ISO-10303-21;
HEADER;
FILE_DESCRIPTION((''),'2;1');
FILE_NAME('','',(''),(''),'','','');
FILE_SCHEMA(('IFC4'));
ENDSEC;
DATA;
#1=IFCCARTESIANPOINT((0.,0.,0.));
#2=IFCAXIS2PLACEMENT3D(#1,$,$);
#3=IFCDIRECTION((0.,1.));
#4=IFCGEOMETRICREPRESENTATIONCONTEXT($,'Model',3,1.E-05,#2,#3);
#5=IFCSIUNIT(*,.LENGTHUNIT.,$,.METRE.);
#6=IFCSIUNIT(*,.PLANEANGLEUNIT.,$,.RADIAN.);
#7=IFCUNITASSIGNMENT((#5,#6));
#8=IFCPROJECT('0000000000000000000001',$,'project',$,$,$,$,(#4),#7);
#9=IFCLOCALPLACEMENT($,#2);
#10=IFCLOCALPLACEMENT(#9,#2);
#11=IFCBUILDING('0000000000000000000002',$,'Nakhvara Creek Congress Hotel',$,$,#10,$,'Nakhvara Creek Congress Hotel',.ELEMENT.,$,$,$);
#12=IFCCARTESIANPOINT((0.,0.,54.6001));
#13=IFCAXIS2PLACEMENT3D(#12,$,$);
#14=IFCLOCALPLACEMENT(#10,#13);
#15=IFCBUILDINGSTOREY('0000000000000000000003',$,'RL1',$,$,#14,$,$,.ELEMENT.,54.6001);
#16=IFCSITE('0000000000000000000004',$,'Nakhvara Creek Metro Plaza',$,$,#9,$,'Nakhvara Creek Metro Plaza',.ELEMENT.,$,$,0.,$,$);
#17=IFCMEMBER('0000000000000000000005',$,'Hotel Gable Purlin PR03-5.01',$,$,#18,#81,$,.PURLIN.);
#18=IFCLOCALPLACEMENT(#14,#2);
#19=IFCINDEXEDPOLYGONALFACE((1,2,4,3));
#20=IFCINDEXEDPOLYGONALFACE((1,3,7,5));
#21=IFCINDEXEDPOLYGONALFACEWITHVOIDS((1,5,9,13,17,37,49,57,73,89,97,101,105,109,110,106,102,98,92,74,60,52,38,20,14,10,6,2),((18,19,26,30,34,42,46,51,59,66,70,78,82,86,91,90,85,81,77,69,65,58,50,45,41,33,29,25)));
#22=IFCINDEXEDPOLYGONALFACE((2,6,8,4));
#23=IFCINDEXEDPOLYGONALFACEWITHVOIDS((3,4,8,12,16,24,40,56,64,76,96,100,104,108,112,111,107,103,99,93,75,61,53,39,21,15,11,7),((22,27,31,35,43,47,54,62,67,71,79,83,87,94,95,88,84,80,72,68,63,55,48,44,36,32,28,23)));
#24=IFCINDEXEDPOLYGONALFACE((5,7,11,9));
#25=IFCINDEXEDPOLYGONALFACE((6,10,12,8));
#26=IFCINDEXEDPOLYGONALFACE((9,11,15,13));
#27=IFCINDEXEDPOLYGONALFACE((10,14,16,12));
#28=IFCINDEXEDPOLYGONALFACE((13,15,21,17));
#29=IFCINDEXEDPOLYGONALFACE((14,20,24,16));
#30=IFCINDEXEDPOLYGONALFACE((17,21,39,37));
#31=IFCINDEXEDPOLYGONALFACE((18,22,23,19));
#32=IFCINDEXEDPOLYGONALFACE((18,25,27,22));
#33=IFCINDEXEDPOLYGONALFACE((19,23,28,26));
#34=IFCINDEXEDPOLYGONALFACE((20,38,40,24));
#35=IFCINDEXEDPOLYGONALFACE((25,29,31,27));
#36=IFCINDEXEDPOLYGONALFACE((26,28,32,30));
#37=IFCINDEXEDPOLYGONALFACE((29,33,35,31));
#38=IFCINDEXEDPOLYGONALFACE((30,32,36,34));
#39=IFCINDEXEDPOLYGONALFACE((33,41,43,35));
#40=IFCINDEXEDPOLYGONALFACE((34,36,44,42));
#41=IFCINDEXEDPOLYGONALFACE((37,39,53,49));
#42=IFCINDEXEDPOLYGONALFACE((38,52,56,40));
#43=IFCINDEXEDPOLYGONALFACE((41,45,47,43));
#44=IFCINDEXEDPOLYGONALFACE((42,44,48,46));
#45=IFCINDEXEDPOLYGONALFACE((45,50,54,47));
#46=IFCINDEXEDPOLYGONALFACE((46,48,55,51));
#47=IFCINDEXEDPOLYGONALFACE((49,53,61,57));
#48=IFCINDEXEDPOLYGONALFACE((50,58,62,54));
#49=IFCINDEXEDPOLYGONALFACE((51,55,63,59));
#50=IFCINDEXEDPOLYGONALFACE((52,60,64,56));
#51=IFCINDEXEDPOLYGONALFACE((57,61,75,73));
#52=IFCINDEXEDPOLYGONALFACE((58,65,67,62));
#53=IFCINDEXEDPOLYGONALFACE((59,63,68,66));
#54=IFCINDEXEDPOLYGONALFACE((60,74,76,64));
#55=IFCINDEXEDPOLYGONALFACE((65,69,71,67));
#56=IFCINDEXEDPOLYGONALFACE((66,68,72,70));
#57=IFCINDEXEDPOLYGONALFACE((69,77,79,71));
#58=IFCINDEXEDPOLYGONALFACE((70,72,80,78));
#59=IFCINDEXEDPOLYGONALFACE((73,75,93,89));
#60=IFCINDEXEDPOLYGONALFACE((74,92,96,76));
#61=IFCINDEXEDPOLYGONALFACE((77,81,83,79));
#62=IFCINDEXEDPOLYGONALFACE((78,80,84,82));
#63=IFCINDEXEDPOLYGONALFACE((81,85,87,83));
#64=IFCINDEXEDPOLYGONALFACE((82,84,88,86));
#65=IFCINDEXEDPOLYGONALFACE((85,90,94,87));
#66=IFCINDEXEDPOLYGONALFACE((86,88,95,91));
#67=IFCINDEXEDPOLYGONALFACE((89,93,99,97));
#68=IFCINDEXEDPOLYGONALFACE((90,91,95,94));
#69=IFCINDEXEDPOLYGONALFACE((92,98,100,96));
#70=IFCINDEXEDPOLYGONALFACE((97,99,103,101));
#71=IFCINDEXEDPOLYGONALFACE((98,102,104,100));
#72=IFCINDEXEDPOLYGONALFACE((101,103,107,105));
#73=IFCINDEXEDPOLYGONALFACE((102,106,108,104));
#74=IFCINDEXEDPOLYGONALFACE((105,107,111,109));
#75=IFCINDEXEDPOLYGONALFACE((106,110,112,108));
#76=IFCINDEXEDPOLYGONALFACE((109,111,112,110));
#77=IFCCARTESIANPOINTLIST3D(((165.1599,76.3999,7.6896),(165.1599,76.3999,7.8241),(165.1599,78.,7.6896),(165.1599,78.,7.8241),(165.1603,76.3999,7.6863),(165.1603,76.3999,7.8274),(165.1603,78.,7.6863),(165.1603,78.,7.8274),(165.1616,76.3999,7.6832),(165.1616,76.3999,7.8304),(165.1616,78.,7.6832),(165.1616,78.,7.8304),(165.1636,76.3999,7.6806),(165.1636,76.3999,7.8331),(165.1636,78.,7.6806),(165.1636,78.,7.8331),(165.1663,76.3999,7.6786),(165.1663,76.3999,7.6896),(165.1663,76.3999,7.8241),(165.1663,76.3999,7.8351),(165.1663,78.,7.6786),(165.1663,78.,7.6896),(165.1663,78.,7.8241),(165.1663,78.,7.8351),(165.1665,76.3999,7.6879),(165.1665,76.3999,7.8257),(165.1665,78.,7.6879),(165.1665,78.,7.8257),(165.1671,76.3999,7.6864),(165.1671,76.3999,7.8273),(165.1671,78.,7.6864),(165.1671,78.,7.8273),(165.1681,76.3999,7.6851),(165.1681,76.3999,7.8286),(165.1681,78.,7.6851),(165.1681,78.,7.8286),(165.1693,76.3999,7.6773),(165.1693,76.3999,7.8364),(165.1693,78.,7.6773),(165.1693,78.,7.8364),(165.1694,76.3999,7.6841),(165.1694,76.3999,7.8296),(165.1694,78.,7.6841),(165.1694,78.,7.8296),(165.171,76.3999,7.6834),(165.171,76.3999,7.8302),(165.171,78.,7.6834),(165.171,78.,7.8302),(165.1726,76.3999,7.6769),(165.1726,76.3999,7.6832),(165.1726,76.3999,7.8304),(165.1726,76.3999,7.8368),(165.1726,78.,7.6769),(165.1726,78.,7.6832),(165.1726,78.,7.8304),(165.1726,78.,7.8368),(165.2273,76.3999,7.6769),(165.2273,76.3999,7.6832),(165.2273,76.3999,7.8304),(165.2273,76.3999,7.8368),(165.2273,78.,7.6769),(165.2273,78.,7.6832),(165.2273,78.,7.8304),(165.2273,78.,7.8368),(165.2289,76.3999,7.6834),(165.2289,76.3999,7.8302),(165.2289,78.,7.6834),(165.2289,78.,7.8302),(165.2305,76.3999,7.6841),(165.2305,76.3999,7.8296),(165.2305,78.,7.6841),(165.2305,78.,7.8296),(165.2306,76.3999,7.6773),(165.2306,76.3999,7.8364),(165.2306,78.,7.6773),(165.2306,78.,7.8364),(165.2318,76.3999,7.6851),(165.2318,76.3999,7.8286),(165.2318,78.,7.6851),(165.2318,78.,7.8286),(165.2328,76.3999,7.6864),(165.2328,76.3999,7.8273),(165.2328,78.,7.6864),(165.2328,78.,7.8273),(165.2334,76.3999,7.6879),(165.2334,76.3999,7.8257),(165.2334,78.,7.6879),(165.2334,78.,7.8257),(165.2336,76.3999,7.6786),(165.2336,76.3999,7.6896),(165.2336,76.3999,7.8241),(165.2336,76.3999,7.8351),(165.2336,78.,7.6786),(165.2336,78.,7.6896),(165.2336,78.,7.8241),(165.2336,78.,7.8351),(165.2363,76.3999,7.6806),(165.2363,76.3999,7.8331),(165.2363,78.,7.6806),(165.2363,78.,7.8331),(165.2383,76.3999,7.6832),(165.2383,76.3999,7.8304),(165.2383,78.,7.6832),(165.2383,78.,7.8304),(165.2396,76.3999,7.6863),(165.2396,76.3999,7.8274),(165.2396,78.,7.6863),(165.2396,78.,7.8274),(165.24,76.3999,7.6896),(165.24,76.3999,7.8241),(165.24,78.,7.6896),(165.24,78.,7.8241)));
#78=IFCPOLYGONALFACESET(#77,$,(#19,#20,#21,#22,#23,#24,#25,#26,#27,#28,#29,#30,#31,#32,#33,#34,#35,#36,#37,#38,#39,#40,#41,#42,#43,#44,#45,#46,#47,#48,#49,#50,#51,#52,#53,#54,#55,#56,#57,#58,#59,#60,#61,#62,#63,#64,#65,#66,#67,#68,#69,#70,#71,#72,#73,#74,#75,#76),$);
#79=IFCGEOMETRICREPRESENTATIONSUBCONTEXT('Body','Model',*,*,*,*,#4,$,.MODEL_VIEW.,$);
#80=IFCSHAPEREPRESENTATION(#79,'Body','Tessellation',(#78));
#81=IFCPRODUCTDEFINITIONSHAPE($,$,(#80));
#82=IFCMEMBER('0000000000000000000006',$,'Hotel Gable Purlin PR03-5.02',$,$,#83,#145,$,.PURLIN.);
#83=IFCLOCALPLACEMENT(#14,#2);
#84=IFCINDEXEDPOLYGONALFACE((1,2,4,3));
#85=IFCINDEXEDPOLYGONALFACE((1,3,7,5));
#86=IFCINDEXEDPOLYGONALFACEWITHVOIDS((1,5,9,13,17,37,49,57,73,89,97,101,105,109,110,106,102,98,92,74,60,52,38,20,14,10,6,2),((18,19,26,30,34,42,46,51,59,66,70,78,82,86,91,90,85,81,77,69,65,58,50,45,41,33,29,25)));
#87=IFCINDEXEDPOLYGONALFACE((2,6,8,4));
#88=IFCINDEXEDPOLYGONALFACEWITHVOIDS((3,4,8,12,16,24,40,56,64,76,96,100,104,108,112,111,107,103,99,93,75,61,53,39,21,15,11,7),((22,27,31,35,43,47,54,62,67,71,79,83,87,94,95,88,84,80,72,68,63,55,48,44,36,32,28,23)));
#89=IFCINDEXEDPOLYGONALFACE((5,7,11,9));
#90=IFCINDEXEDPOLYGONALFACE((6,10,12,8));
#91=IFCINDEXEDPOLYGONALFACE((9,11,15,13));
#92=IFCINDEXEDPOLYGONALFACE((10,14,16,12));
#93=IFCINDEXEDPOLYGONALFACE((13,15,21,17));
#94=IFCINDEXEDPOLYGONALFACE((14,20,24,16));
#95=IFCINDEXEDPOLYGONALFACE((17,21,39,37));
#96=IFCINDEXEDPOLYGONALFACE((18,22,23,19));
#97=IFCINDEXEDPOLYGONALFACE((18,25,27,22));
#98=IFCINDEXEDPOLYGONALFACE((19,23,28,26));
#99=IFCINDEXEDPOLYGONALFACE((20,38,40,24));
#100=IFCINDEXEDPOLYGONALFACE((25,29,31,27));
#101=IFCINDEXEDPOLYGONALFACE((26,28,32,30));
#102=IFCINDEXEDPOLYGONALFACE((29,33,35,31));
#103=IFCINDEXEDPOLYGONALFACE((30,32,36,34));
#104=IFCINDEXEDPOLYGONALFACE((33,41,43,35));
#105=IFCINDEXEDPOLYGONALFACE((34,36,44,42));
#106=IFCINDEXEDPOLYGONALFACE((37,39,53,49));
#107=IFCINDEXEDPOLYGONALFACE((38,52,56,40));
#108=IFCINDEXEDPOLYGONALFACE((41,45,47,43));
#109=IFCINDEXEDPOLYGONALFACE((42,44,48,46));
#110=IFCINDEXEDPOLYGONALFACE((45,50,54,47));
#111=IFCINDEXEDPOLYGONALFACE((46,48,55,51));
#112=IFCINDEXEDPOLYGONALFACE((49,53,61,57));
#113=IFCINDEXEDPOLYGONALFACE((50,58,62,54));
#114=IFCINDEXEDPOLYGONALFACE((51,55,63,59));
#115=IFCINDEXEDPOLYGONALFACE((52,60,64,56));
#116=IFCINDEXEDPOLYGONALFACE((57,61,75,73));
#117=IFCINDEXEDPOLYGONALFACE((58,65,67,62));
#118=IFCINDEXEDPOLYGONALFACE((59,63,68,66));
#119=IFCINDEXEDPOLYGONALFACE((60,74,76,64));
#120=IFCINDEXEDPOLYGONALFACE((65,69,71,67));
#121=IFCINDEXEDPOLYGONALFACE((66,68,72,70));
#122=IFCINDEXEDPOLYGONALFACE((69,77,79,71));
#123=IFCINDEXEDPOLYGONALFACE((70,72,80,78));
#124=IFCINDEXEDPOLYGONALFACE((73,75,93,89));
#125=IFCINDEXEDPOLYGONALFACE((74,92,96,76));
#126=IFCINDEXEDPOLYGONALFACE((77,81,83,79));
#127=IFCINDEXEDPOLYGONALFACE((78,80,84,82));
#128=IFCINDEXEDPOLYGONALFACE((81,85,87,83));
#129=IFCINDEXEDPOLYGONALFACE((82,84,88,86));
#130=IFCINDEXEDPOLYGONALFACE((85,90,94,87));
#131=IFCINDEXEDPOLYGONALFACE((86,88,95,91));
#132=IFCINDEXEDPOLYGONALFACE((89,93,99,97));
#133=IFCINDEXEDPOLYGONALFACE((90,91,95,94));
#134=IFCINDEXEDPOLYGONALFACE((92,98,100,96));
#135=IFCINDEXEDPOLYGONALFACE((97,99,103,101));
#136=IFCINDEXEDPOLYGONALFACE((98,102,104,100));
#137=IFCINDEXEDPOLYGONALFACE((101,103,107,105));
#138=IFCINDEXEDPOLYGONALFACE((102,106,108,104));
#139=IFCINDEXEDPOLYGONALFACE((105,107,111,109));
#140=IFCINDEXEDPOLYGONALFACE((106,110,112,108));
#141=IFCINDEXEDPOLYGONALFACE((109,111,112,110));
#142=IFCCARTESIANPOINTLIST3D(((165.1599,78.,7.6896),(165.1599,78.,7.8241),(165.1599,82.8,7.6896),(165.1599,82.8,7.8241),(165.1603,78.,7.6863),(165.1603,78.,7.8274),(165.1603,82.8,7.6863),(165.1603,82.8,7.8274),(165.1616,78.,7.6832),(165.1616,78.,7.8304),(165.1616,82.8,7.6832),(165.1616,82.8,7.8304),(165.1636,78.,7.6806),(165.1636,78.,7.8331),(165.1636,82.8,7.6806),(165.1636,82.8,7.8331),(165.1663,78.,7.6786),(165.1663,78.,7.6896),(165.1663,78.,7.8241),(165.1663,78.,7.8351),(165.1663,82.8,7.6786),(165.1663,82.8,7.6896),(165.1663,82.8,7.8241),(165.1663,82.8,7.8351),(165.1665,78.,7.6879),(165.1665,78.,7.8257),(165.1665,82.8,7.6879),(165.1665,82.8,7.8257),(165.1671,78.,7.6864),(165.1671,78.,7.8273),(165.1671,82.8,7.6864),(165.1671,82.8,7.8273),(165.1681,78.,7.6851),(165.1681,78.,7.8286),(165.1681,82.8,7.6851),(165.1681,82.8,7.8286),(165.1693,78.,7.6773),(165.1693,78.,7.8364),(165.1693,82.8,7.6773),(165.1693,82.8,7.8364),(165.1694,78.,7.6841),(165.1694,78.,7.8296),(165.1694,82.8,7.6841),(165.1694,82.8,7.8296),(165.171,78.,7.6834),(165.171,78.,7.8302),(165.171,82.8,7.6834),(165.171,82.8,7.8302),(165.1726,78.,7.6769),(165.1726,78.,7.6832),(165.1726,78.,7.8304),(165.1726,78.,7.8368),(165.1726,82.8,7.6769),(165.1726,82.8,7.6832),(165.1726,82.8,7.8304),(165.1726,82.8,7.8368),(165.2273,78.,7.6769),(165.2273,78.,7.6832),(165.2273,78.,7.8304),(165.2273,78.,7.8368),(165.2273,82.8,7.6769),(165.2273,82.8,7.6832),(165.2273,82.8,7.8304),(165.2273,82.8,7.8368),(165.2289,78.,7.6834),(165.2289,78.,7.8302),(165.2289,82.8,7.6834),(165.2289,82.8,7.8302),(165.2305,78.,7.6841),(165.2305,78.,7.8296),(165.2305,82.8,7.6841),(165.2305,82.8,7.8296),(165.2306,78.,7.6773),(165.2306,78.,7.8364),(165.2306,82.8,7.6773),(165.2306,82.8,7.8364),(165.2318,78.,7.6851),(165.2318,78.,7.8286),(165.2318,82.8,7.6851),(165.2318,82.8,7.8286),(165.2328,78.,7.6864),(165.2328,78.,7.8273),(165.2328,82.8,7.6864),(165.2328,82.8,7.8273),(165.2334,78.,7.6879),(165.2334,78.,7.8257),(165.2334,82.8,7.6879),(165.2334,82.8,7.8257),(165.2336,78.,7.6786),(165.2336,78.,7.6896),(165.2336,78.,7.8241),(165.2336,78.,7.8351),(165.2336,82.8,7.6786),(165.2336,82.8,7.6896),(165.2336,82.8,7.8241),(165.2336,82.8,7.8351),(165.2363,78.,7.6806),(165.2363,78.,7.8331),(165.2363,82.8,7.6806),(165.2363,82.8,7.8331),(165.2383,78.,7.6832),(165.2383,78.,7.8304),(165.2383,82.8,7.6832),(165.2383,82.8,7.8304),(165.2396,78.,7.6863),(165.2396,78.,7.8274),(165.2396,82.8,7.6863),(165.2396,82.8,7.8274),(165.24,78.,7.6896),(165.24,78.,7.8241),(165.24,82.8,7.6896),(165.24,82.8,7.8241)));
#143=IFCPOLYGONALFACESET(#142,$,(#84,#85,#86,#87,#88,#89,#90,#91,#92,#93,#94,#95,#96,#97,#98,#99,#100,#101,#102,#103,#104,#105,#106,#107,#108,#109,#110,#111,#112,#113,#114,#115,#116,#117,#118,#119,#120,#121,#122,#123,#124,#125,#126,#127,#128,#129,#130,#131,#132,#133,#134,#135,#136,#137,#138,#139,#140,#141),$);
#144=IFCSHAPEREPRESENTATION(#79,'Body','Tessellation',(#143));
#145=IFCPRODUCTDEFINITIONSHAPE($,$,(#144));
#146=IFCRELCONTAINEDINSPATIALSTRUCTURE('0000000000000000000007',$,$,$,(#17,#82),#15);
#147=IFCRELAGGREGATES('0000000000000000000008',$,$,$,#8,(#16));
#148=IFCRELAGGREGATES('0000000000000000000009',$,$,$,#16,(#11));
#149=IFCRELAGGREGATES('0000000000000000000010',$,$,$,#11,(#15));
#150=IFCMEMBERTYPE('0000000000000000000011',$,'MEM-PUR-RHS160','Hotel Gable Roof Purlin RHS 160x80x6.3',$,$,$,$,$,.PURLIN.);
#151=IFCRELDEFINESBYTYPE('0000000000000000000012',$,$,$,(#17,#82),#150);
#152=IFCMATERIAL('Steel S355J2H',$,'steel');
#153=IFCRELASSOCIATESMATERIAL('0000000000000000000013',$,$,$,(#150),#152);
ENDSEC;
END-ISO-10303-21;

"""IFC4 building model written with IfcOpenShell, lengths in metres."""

from ifc_helpers import new_model, si_unit, direction, frame, origin, origin_2d, place, context, subcontext, project, spatial, hollow_rectangle, extrude, material, material_profile, profile_set, type_object, element, save


model = new_model("IFC4")

# Units and contexts
model_context = context("Model", 3, precision=1e-05, world=origin(), true_north=direction((0.0, 1.0)))
body_context = subcontext(model_context, "Body", "Model", "MODEL_VIEW")
ifc_project = project(units=[si_unit("LENGTHUNIT", "METRE"), si_unit("PLANEANGLEUNIT", "RADIAN")], contexts=[model_context])

# Site, building, storey
site_placement = place(None, origin())
site = spatial("IfcSite", under=ifc_project, at=site_placement, Name="Nakhvara Creek Metro Plaza", LongName="Nakhvara Creek Metro Plaza", CompositionType="ELEMENT", RefElevation=0.0)
building_placement = place(site_placement, origin())
building = spatial("IfcBuilding", under=site, at=building_placement, Name="Nakhvara Creek Congress Hotel", LongName="Nakhvara Creek Congress Hotel", CompositionType="ELEMENT")
storey_placement = place(building_placement, frame((0.0, 0.0, 54.6001)))
storey = spatial("IfcBuildingStorey", under=building, at=storey_placement, Name="RL1", CompositionType="ELEMENT", Elevation=54.6001)

# Members
ifc_material_1 = material(Name="Steel S355J2H", Category="steel")
ifc_material_profile_1 = material_profile(ifc_material_1, hollow_rectangle(XDim=0.0801, YDim=0.1599, WallThickness=0.0063, InnerFilletRadius=0.0063, OuterFilletRadius=0.0127, at=origin_2d()), Name="RHS 160x80x6.3", Category="LoadBearing")
ifc_profile_set_1 = profile_set([ifc_material_profile_1], Name="Steel S355J2H")
member_type_1 = type_object("IfcMemberType", Name="MEM-PUR-RHS160", Description="Hotel Gable Roof Purlin RHS 160x80x6.3", PredefinedType="PURLIN", material=ifc_profile_set_1)
member_1_placement = place(storey_placement, frame((165.2, 76.3999, 7.7568), z_axis=(0.0, 1.0, 0.0), x_axis=(-1.0, 0.0, 0.0)))
element("IfcMember", 1, at=member_1_placement, inside=storey, type_object=member_type_1, Name="Hotel Gable Purlin PR03-5.01", PredefinedType="PURLIN", context=body_context, shape_type="SweptSolid", body=[
    extrude(hollow_rectangle(XDim=0.0801, YDim=0.1599, WallThickness=0.0063, InnerFilletRadius=0.0063, OuterFilletRadius=0.0127, at=origin_2d()), origin(), (0.0, 0.0, 1.0), 1.6001),
])
member_2_placement = place(storey_placement, frame((165.2, 78.0, 7.7568), z_axis=(0.0, 1.0, 0.0), x_axis=(-1.0, 0.0, 0.0)))
element("IfcMember", 2, at=member_2_placement, inside=storey, type_object=member_type_1, Name="Hotel Gable Purlin PR03-5.02", PredefinedType="PURLIN", context=body_context, shape_type="SweptSolid", body=[
    extrude(hollow_rectangle(XDim=0.0801, YDim=0.1599, WallThickness=0.0063, InnerFilletRadius=0.0063, OuterFilletRadius=0.0127, at=origin_2d()), origin(), (0.0, 0.0, 1.0), 4.8),
])

save(model, "model.ifc")
